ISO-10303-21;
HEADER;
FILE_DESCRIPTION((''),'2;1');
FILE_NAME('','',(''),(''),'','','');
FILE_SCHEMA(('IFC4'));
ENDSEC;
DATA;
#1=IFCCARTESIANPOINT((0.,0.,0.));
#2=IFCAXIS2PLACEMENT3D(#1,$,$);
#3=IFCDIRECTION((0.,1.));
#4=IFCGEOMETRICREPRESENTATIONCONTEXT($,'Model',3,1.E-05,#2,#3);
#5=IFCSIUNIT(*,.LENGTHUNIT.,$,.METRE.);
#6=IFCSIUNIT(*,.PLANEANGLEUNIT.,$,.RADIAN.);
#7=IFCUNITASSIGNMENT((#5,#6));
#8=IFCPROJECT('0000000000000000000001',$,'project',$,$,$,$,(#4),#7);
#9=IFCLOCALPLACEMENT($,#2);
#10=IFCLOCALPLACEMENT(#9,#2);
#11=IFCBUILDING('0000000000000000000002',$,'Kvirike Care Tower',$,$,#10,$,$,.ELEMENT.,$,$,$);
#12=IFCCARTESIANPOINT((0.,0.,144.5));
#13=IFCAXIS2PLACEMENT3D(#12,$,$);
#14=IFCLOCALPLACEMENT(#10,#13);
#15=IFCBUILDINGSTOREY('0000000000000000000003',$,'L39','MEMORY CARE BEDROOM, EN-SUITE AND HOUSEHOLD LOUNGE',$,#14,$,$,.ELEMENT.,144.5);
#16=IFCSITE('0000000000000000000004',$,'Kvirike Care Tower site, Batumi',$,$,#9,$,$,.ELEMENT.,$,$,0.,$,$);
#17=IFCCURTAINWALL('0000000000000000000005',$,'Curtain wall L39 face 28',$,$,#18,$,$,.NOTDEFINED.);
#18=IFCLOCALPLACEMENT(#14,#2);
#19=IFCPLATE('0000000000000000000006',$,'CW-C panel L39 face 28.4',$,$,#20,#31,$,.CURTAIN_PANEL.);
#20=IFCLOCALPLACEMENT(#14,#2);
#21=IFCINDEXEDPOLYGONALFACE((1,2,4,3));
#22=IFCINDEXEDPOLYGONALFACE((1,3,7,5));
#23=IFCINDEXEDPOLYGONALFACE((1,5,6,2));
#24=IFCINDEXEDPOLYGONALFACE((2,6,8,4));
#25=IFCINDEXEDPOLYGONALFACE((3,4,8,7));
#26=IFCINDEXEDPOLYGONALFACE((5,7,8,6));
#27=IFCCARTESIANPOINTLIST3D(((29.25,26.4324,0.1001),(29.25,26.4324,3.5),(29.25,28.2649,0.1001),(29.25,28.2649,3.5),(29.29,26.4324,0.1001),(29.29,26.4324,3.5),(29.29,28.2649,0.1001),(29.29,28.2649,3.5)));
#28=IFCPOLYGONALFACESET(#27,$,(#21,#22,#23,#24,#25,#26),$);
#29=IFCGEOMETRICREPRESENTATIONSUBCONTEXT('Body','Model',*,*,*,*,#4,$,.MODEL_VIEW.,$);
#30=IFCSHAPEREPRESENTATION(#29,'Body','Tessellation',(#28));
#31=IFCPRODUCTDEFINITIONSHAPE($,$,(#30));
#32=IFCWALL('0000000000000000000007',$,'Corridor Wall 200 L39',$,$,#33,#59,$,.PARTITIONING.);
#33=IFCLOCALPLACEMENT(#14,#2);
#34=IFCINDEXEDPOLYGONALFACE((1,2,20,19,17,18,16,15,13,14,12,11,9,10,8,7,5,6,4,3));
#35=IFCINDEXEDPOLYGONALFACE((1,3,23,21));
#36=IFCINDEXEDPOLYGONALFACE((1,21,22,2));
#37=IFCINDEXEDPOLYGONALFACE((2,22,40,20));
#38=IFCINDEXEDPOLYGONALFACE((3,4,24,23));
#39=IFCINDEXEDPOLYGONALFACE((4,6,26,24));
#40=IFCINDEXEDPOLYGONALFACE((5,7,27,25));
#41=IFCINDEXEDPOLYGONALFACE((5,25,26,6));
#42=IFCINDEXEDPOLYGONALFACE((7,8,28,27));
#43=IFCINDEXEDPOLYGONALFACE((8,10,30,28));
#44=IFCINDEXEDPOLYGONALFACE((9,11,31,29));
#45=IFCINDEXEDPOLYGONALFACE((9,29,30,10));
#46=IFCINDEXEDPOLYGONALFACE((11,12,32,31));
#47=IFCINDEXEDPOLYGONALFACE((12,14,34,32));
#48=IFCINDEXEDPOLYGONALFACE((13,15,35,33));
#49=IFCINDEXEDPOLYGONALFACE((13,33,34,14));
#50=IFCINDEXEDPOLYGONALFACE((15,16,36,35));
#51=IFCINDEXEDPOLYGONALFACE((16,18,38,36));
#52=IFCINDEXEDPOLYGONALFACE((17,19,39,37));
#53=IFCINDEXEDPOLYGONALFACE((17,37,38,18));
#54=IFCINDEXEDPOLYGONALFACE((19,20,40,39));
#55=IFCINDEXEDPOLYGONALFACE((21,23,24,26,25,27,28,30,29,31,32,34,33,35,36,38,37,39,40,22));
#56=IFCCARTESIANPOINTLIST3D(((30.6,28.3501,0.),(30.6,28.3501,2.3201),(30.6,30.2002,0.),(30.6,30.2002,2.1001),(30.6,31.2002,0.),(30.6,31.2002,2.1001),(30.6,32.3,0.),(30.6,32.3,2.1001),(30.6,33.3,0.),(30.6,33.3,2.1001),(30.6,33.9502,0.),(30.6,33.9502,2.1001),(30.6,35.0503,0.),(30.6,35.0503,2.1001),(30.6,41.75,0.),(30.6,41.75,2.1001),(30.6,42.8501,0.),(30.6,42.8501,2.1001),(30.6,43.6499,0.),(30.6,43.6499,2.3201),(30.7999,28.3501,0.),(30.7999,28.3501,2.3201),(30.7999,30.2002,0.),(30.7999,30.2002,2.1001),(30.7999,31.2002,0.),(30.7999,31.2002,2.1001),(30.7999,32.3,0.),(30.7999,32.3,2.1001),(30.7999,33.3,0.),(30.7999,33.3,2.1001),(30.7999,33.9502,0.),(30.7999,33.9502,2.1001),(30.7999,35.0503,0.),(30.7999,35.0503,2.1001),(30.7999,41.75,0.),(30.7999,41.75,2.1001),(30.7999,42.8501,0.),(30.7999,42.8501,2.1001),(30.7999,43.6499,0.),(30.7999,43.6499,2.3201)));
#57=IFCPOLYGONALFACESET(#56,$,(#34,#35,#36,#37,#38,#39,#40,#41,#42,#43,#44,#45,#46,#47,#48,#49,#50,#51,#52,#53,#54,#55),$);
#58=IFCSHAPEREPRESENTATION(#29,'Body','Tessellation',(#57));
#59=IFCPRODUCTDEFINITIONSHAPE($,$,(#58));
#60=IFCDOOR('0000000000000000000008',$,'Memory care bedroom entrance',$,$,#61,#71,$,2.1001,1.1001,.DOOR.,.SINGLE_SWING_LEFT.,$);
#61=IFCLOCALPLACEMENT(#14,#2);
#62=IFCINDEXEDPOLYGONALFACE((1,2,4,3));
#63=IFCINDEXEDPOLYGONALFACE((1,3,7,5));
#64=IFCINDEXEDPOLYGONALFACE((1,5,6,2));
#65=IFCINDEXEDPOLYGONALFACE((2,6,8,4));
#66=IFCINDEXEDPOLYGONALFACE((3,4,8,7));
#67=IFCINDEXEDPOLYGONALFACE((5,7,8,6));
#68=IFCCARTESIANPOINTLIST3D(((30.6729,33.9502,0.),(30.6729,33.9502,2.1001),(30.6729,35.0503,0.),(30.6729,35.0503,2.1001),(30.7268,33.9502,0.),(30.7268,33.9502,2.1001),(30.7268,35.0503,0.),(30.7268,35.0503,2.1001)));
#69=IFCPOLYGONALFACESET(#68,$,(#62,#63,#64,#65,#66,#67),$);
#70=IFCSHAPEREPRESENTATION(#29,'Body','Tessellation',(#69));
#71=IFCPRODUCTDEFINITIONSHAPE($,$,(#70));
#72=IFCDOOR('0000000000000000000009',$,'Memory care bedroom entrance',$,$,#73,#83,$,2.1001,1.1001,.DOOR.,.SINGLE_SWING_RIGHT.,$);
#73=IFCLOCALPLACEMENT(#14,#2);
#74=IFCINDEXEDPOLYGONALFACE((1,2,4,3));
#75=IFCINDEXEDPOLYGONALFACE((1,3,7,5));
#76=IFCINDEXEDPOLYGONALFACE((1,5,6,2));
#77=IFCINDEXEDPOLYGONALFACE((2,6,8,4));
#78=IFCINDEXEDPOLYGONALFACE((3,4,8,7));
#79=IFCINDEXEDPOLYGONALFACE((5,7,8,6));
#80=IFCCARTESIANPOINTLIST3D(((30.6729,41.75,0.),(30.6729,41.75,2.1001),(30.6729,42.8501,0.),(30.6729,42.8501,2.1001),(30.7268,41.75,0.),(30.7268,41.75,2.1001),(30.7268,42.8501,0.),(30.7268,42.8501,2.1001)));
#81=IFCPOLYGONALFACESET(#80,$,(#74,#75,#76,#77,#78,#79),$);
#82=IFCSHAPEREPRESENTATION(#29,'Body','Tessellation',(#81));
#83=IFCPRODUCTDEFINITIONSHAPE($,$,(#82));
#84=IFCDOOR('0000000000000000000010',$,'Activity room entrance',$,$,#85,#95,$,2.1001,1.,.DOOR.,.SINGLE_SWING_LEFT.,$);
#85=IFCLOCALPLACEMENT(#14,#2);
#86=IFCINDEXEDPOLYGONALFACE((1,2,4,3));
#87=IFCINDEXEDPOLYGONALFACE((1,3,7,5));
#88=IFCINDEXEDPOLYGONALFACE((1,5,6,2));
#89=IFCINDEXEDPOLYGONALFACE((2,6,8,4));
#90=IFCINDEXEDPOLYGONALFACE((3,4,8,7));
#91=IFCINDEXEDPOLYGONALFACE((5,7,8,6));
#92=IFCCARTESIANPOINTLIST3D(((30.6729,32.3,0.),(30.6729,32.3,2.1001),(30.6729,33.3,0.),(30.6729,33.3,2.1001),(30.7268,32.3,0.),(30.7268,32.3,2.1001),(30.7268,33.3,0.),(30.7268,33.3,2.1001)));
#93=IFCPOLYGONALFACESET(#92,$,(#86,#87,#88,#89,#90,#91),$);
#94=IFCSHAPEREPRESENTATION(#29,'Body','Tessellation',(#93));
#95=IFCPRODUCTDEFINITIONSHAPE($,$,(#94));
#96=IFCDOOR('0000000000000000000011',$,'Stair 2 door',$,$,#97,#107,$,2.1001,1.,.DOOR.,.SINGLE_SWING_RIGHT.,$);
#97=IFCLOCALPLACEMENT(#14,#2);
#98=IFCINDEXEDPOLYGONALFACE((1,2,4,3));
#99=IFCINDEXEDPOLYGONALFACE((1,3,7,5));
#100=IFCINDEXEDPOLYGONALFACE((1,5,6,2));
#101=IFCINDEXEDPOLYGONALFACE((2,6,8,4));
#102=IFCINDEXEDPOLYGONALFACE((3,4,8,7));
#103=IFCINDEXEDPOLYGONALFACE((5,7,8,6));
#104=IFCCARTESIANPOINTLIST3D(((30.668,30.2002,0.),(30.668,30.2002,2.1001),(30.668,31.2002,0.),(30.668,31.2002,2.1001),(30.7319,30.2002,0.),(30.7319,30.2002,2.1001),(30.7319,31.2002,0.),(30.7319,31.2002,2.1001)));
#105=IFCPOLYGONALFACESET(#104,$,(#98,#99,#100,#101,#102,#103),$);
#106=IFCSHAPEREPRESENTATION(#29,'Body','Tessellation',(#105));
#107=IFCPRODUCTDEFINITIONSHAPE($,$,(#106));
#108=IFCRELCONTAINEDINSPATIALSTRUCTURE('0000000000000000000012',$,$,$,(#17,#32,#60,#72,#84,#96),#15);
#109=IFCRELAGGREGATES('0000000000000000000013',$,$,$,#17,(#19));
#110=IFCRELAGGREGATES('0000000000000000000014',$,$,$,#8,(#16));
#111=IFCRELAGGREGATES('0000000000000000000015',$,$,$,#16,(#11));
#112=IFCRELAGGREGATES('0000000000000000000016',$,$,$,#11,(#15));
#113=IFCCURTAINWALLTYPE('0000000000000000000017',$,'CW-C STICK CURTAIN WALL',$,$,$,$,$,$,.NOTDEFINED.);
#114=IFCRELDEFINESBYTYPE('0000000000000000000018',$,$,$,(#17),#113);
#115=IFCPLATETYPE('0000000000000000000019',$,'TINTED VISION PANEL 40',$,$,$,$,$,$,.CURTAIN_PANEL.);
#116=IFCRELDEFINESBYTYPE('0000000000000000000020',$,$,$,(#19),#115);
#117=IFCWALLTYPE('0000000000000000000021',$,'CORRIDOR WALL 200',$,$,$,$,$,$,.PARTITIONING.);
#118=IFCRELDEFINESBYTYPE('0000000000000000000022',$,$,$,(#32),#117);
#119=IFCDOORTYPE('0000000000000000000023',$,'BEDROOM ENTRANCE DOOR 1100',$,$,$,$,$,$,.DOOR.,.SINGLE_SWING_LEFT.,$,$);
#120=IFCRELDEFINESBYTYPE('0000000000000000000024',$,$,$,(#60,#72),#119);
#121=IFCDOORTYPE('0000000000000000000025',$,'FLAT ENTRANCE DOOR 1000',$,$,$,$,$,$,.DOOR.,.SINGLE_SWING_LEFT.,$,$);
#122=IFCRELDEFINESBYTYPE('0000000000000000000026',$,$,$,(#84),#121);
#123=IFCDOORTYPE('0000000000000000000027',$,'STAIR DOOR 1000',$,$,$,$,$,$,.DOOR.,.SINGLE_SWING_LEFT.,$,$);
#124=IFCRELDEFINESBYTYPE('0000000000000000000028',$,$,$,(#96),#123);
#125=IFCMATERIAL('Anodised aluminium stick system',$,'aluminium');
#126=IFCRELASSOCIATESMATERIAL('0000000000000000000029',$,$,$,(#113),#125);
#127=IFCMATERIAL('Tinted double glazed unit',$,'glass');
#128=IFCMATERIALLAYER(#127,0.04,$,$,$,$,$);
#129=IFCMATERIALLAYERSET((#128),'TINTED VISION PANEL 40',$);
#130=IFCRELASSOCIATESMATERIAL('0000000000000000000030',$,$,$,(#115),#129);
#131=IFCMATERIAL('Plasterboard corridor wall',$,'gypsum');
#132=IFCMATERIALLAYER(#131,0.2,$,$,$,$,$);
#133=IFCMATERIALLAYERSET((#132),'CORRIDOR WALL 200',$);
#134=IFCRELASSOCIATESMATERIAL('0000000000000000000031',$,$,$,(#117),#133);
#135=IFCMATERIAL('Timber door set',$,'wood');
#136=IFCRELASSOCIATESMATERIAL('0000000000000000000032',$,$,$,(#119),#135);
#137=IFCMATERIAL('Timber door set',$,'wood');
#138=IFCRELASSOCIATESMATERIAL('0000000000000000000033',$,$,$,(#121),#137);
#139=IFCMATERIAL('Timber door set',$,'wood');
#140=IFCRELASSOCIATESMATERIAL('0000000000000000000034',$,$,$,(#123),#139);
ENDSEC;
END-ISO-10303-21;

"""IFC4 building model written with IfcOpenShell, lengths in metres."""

from ifc_helpers import new_model, si_unit, direction, frame, frame_2d, origin, origin_2d, place, context, subcontext, project, spatial, rectangle, extrude, material, layer, layer_set, type_object, element, fill, aggregate, save


model = new_model("IFC4")

# Units and contexts
model_context = context("Model", 3, precision=1e-05, world=origin(), true_north=direction((0.0, 1.0)))
body_context = subcontext(model_context, "Body", "Model", "MODEL_VIEW")
ifc_project = project(units=[si_unit("LENGTHUNIT", "METRE"), si_unit("PLANEANGLEUNIT", "RADIAN")], contexts=[model_context])

# Site, building, storey
site_placement = place(None, origin())
site = spatial("IfcSite", under=ifc_project, at=site_placement, Name="Kvirike Care Tower site, Batumi", CompositionType="ELEMENT", RefElevation=0.0)
building_placement = place(site_placement, origin())
building = spatial("IfcBuilding", under=site, at=building_placement, Name="Kvirike Care Tower", CompositionType="ELEMENT")
storey_placement = place(building_placement, frame((0.0, 0.0, 144.5)))
storey = spatial("IfcBuildingStorey", under=building, at=storey_placement, Name="L39", Description="MEMORY CARE BEDROOM, EN-SUITE AND HOUSEHOLD LOUNGE", CompositionType="ELEMENT", Elevation=144.5)

# Curtain wall
ifc_material_1 = material(Name="Anodised aluminium stick system", Category="aluminium")
curtain_wall_type = type_object("IfcCurtainWallType", Name="CW-C STICK CURTAIN WALL", PredefinedType="NOTDEFINED", material=ifc_material_1)
curtain_wall_1_placement = place(storey_placement, origin())
curtain_wall_1 = element("IfcCurtainWall", 1, at=curtain_wall_1_placement, inside=storey, type_object=curtain_wall_type, Name="Curtain wall L39 face 28", PredefinedType="NOTDEFINED")

# Plate
ifc_material_2 = material(Name="Tinted double glazed unit", Category="glass")
ifc_layer_1 = layer(ifc_material_2, 0.04)
ifc_layer_set_1 = layer_set([ifc_layer_1], Name="TINTED VISION PANEL 40")
plate_type = type_object("IfcPlateType", Name="TINTED VISION PANEL 40", PredefinedType="CURTAIN_PANEL", material=ifc_layer_set_1)
plate_1_placement = place(storey_placement, frame((29.27, 27.3486, 0.1001), z_axis=(0.0, 0.0, 1.0), x_axis=(0.0, 1.0, 0.0)))
plate_1 = element("IfcPlate", 2, at=plate_1_placement, type_object=plate_type, Name="CW-C panel L39 face 28.4", PredefinedType="CURTAIN_PANEL", context=body_context, shape_type="SweptSolid", body=[
    extrude(rectangle(XDim=1.8325, YDim=0.04, at=origin_2d()), origin(), (0.0, 0.0, 1.0), 3.3999),
])
aggregate(curtain_wall_1, [plate_1])

# Wall, openings, doors
ifc_material_3 = material(Name="Plasterboard corridor wall", Category="gypsum")
ifc_layer_2 = layer(ifc_material_3, 0.2)
ifc_layer_set_2 = layer_set([ifc_layer_2], Name="CORRIDOR WALL 200")
wall_type = type_object("IfcWallType", Name="CORRIDOR WALL 200", PredefinedType="PARTITIONING", material=ifc_layer_set_2)
wall_placement = place(storey_placement, frame((30.7, 28.3501, 0.0), z_axis=(0.0, 0.0, 1.0), x_axis=(0.0, 1.0, 0.0)))
wall = element("IfcWall", 3, at=wall_placement, inside=storey, type_object=wall_type, Name="Corridor Wall 200 L39", PredefinedType="PARTITIONING", context=body_context, shape_type="SweptSolid", body=[
    extrude(rectangle(XDim=15.2998, YDim=0.2, at=frame_2d((7.6499, 0.0))), origin(), (0.0, 0.0, 1.0), 2.3201),
])
opening_1_placement = place(wall_placement, frame((1.8501, 0.0, 0.0)))
opening_1 = element("IfcOpeningElement", 4, at=opening_1_placement, cuts=wall, PredefinedType="OPENING", context=body_context, shape_type="SweptSolid", body=[
    extrude(rectangle(XDim=1.0, YDim=2.1001, at=frame_2d((0.5, 1.05))), frame((0.0, 0.1106, 0.0), z_axis=(0.0, -1.0, 0.0), x_axis=(1.0, 0.0, 0.0)), (0.0, 0.0, 1.0), 0.2209),
])
opening_2_placement = place(wall_placement, frame((3.95, 0.0, 0.0)))
opening_2 = element("IfcOpeningElement", 5, at=opening_2_placement, cuts=wall, PredefinedType="OPENING", context=body_context, shape_type="SweptSolid", body=[
    extrude(rectangle(XDim=1.0, YDim=2.1001, at=frame_2d((0.5, 1.05))), frame((0.0, 0.1106, 0.0), z_axis=(0.0, -1.0, 0.0), x_axis=(1.0, 0.0, 0.0)), (0.0, 0.0, 1.0), 0.2209),
])
opening_3_placement = place(wall_placement, frame((5.6001, 0.0, 0.0)))
opening_3 = element("IfcOpeningElement", 6, at=opening_3_placement, cuts=wall, PredefinedType="OPENING", context=body_context, shape_type="SweptSolid", body=[
    extrude(rectangle(XDim=1.1001, YDim=2.1001, at=frame_2d((0.55, 1.05))), frame((0.0, 0.1106, 0.0), z_axis=(0.0, -1.0, 0.0), x_axis=(1.0, 0.0, 0.0)), (0.0, 0.0, 1.0), 0.2209),
])
opening_4_placement = place(wall_placement, frame((13.3999, 0.0, 0.0)))
opening_4 = element("IfcOpeningElement", 7, at=opening_4_placement, cuts=wall, PredefinedType="OPENING", context=body_context, shape_type="SweptSolid", body=[
    extrude(rectangle(XDim=1.1001, YDim=2.1001, at=frame_2d((0.55, 1.05))), frame((0.0, 0.1106, 0.0), z_axis=(0.0, -1.0, 0.0), x_axis=(1.0, 0.0, 0.0)), (0.0, 0.0, 1.0), 0.2209),
])
ifc_material_4 = material(Name="Timber door set", Category="wood")
door_type_1 = type_object("IfcDoorType", Name="BEDROOM ENTRANCE DOOR 1100", OperationType="SINGLE_SWING_LEFT", PredefinedType="DOOR", material=ifc_material_4)
door_1_placement = place(opening_3_placement, frame((1.1001, 0.0, 0.0), z_axis=(0.0, 0.0, 1.0), x_axis=(-1.0, 0.0, 0.0)))
door_1 = element("IfcDoor", 8, at=door_1_placement, inside=storey, type_object=door_type_1, Name="Memory care bedroom entrance", OperationType="SINGLE_SWING_LEFT", OverallHeight=2.1001, OverallWidth=1.1001, PredefinedType="DOOR", context=body_context, shape_type="SweptSolid", body=[
    extrude(rectangle(XDim=1.1001, YDim=2.1001, at=frame_2d((0.55, 1.05))), frame((0.0, 0.0269, 0.0), z_axis=(0.0, -1.0, 0.0), x_axis=(1.0, 0.0, 0.0)), (0.0, 0.0, 1.0), 0.054),
])
fill(opening_3, door_1)
door_2_placement = place(opening_4_placement, frame((1.1001, 0.0, 0.0), z_axis=(0.0, 0.0, 1.0), x_axis=(-1.0, 0.0, 0.0)))
door_2 = element("IfcDoor", 9, at=door_2_placement, inside=storey, type_object=door_type_1, Name="Memory care bedroom entrance", OperationType="SINGLE_SWING_RIGHT", OverallHeight=2.1001, OverallWidth=1.1001, PredefinedType="DOOR", context=body_context, shape_type="SweptSolid", body=[
    extrude(rectangle(XDim=1.1001, YDim=2.1001, at=frame_2d((0.55, 1.05))), frame((0.0, 0.0269, 0.0), z_axis=(0.0, -1.0, 0.0), x_axis=(1.0, 0.0, 0.0)), (0.0, 0.0, 1.0), 0.054),
])
fill(opening_4, door_2)
ifc_material_5 = material(Name="Timber door set", Category="wood")
door_type_2 = type_object("IfcDoorType", Name="FLAT ENTRANCE DOOR 1000", OperationType="SINGLE_SWING_LEFT", PredefinedType="DOOR", material=ifc_material_5)
door_3_placement = place(opening_2_placement, frame((1.0, 0.0, 0.0), z_axis=(0.0, 0.0, 1.0), x_axis=(-1.0, 0.0, 0.0)))
door_3 = element("IfcDoor", 10, at=door_3_placement, inside=storey, type_object=door_type_2, Name="Activity room entrance", OperationType="SINGLE_SWING_LEFT", OverallHeight=2.1001, OverallWidth=1.0, PredefinedType="DOOR", context=body_context, shape_type="SweptSolid", body=[
    extrude(rectangle(XDim=1.0, YDim=2.1001, at=frame_2d((0.5, 1.05))), frame((0.0, 0.0269, 0.0), z_axis=(0.0, -1.0, 0.0), x_axis=(1.0, 0.0, 0.0)), (0.0, 0.0, 1.0), 0.054),
])
fill(opening_2, door_3)
ifc_material_6 = material(Name="Timber door set", Category="wood")
door_type_3 = type_object("IfcDoorType", Name="STAIR DOOR 1000", OperationType="SINGLE_SWING_LEFT", PredefinedType="DOOR", material=ifc_material_6)
door_4_placement = place(opening_1_placement, frame((1.0, 0.0, 0.0), z_axis=(0.0, 0.0, 1.0), x_axis=(-1.0, 0.0, 0.0)))
door_4 = element("IfcDoor", 11, at=door_4_placement, inside=storey, type_object=door_type_3, Name="Stair 2 door", OperationType="SINGLE_SWING_RIGHT", OverallHeight=2.1001, OverallWidth=1.0, PredefinedType="DOOR", context=body_context, shape_type="SweptSolid", body=[
    extrude(rectangle(XDim=1.0, YDim=2.1001, at=frame_2d((0.5, 1.05))), frame((0.0, 0.032, 0.0), z_axis=(0.0, -1.0, 0.0), x_axis=(1.0, 0.0, 0.0)), (0.0, 0.0, 1.0), 0.064),
])
fill(opening_1, door_4)

save(model, "model.ifc")
